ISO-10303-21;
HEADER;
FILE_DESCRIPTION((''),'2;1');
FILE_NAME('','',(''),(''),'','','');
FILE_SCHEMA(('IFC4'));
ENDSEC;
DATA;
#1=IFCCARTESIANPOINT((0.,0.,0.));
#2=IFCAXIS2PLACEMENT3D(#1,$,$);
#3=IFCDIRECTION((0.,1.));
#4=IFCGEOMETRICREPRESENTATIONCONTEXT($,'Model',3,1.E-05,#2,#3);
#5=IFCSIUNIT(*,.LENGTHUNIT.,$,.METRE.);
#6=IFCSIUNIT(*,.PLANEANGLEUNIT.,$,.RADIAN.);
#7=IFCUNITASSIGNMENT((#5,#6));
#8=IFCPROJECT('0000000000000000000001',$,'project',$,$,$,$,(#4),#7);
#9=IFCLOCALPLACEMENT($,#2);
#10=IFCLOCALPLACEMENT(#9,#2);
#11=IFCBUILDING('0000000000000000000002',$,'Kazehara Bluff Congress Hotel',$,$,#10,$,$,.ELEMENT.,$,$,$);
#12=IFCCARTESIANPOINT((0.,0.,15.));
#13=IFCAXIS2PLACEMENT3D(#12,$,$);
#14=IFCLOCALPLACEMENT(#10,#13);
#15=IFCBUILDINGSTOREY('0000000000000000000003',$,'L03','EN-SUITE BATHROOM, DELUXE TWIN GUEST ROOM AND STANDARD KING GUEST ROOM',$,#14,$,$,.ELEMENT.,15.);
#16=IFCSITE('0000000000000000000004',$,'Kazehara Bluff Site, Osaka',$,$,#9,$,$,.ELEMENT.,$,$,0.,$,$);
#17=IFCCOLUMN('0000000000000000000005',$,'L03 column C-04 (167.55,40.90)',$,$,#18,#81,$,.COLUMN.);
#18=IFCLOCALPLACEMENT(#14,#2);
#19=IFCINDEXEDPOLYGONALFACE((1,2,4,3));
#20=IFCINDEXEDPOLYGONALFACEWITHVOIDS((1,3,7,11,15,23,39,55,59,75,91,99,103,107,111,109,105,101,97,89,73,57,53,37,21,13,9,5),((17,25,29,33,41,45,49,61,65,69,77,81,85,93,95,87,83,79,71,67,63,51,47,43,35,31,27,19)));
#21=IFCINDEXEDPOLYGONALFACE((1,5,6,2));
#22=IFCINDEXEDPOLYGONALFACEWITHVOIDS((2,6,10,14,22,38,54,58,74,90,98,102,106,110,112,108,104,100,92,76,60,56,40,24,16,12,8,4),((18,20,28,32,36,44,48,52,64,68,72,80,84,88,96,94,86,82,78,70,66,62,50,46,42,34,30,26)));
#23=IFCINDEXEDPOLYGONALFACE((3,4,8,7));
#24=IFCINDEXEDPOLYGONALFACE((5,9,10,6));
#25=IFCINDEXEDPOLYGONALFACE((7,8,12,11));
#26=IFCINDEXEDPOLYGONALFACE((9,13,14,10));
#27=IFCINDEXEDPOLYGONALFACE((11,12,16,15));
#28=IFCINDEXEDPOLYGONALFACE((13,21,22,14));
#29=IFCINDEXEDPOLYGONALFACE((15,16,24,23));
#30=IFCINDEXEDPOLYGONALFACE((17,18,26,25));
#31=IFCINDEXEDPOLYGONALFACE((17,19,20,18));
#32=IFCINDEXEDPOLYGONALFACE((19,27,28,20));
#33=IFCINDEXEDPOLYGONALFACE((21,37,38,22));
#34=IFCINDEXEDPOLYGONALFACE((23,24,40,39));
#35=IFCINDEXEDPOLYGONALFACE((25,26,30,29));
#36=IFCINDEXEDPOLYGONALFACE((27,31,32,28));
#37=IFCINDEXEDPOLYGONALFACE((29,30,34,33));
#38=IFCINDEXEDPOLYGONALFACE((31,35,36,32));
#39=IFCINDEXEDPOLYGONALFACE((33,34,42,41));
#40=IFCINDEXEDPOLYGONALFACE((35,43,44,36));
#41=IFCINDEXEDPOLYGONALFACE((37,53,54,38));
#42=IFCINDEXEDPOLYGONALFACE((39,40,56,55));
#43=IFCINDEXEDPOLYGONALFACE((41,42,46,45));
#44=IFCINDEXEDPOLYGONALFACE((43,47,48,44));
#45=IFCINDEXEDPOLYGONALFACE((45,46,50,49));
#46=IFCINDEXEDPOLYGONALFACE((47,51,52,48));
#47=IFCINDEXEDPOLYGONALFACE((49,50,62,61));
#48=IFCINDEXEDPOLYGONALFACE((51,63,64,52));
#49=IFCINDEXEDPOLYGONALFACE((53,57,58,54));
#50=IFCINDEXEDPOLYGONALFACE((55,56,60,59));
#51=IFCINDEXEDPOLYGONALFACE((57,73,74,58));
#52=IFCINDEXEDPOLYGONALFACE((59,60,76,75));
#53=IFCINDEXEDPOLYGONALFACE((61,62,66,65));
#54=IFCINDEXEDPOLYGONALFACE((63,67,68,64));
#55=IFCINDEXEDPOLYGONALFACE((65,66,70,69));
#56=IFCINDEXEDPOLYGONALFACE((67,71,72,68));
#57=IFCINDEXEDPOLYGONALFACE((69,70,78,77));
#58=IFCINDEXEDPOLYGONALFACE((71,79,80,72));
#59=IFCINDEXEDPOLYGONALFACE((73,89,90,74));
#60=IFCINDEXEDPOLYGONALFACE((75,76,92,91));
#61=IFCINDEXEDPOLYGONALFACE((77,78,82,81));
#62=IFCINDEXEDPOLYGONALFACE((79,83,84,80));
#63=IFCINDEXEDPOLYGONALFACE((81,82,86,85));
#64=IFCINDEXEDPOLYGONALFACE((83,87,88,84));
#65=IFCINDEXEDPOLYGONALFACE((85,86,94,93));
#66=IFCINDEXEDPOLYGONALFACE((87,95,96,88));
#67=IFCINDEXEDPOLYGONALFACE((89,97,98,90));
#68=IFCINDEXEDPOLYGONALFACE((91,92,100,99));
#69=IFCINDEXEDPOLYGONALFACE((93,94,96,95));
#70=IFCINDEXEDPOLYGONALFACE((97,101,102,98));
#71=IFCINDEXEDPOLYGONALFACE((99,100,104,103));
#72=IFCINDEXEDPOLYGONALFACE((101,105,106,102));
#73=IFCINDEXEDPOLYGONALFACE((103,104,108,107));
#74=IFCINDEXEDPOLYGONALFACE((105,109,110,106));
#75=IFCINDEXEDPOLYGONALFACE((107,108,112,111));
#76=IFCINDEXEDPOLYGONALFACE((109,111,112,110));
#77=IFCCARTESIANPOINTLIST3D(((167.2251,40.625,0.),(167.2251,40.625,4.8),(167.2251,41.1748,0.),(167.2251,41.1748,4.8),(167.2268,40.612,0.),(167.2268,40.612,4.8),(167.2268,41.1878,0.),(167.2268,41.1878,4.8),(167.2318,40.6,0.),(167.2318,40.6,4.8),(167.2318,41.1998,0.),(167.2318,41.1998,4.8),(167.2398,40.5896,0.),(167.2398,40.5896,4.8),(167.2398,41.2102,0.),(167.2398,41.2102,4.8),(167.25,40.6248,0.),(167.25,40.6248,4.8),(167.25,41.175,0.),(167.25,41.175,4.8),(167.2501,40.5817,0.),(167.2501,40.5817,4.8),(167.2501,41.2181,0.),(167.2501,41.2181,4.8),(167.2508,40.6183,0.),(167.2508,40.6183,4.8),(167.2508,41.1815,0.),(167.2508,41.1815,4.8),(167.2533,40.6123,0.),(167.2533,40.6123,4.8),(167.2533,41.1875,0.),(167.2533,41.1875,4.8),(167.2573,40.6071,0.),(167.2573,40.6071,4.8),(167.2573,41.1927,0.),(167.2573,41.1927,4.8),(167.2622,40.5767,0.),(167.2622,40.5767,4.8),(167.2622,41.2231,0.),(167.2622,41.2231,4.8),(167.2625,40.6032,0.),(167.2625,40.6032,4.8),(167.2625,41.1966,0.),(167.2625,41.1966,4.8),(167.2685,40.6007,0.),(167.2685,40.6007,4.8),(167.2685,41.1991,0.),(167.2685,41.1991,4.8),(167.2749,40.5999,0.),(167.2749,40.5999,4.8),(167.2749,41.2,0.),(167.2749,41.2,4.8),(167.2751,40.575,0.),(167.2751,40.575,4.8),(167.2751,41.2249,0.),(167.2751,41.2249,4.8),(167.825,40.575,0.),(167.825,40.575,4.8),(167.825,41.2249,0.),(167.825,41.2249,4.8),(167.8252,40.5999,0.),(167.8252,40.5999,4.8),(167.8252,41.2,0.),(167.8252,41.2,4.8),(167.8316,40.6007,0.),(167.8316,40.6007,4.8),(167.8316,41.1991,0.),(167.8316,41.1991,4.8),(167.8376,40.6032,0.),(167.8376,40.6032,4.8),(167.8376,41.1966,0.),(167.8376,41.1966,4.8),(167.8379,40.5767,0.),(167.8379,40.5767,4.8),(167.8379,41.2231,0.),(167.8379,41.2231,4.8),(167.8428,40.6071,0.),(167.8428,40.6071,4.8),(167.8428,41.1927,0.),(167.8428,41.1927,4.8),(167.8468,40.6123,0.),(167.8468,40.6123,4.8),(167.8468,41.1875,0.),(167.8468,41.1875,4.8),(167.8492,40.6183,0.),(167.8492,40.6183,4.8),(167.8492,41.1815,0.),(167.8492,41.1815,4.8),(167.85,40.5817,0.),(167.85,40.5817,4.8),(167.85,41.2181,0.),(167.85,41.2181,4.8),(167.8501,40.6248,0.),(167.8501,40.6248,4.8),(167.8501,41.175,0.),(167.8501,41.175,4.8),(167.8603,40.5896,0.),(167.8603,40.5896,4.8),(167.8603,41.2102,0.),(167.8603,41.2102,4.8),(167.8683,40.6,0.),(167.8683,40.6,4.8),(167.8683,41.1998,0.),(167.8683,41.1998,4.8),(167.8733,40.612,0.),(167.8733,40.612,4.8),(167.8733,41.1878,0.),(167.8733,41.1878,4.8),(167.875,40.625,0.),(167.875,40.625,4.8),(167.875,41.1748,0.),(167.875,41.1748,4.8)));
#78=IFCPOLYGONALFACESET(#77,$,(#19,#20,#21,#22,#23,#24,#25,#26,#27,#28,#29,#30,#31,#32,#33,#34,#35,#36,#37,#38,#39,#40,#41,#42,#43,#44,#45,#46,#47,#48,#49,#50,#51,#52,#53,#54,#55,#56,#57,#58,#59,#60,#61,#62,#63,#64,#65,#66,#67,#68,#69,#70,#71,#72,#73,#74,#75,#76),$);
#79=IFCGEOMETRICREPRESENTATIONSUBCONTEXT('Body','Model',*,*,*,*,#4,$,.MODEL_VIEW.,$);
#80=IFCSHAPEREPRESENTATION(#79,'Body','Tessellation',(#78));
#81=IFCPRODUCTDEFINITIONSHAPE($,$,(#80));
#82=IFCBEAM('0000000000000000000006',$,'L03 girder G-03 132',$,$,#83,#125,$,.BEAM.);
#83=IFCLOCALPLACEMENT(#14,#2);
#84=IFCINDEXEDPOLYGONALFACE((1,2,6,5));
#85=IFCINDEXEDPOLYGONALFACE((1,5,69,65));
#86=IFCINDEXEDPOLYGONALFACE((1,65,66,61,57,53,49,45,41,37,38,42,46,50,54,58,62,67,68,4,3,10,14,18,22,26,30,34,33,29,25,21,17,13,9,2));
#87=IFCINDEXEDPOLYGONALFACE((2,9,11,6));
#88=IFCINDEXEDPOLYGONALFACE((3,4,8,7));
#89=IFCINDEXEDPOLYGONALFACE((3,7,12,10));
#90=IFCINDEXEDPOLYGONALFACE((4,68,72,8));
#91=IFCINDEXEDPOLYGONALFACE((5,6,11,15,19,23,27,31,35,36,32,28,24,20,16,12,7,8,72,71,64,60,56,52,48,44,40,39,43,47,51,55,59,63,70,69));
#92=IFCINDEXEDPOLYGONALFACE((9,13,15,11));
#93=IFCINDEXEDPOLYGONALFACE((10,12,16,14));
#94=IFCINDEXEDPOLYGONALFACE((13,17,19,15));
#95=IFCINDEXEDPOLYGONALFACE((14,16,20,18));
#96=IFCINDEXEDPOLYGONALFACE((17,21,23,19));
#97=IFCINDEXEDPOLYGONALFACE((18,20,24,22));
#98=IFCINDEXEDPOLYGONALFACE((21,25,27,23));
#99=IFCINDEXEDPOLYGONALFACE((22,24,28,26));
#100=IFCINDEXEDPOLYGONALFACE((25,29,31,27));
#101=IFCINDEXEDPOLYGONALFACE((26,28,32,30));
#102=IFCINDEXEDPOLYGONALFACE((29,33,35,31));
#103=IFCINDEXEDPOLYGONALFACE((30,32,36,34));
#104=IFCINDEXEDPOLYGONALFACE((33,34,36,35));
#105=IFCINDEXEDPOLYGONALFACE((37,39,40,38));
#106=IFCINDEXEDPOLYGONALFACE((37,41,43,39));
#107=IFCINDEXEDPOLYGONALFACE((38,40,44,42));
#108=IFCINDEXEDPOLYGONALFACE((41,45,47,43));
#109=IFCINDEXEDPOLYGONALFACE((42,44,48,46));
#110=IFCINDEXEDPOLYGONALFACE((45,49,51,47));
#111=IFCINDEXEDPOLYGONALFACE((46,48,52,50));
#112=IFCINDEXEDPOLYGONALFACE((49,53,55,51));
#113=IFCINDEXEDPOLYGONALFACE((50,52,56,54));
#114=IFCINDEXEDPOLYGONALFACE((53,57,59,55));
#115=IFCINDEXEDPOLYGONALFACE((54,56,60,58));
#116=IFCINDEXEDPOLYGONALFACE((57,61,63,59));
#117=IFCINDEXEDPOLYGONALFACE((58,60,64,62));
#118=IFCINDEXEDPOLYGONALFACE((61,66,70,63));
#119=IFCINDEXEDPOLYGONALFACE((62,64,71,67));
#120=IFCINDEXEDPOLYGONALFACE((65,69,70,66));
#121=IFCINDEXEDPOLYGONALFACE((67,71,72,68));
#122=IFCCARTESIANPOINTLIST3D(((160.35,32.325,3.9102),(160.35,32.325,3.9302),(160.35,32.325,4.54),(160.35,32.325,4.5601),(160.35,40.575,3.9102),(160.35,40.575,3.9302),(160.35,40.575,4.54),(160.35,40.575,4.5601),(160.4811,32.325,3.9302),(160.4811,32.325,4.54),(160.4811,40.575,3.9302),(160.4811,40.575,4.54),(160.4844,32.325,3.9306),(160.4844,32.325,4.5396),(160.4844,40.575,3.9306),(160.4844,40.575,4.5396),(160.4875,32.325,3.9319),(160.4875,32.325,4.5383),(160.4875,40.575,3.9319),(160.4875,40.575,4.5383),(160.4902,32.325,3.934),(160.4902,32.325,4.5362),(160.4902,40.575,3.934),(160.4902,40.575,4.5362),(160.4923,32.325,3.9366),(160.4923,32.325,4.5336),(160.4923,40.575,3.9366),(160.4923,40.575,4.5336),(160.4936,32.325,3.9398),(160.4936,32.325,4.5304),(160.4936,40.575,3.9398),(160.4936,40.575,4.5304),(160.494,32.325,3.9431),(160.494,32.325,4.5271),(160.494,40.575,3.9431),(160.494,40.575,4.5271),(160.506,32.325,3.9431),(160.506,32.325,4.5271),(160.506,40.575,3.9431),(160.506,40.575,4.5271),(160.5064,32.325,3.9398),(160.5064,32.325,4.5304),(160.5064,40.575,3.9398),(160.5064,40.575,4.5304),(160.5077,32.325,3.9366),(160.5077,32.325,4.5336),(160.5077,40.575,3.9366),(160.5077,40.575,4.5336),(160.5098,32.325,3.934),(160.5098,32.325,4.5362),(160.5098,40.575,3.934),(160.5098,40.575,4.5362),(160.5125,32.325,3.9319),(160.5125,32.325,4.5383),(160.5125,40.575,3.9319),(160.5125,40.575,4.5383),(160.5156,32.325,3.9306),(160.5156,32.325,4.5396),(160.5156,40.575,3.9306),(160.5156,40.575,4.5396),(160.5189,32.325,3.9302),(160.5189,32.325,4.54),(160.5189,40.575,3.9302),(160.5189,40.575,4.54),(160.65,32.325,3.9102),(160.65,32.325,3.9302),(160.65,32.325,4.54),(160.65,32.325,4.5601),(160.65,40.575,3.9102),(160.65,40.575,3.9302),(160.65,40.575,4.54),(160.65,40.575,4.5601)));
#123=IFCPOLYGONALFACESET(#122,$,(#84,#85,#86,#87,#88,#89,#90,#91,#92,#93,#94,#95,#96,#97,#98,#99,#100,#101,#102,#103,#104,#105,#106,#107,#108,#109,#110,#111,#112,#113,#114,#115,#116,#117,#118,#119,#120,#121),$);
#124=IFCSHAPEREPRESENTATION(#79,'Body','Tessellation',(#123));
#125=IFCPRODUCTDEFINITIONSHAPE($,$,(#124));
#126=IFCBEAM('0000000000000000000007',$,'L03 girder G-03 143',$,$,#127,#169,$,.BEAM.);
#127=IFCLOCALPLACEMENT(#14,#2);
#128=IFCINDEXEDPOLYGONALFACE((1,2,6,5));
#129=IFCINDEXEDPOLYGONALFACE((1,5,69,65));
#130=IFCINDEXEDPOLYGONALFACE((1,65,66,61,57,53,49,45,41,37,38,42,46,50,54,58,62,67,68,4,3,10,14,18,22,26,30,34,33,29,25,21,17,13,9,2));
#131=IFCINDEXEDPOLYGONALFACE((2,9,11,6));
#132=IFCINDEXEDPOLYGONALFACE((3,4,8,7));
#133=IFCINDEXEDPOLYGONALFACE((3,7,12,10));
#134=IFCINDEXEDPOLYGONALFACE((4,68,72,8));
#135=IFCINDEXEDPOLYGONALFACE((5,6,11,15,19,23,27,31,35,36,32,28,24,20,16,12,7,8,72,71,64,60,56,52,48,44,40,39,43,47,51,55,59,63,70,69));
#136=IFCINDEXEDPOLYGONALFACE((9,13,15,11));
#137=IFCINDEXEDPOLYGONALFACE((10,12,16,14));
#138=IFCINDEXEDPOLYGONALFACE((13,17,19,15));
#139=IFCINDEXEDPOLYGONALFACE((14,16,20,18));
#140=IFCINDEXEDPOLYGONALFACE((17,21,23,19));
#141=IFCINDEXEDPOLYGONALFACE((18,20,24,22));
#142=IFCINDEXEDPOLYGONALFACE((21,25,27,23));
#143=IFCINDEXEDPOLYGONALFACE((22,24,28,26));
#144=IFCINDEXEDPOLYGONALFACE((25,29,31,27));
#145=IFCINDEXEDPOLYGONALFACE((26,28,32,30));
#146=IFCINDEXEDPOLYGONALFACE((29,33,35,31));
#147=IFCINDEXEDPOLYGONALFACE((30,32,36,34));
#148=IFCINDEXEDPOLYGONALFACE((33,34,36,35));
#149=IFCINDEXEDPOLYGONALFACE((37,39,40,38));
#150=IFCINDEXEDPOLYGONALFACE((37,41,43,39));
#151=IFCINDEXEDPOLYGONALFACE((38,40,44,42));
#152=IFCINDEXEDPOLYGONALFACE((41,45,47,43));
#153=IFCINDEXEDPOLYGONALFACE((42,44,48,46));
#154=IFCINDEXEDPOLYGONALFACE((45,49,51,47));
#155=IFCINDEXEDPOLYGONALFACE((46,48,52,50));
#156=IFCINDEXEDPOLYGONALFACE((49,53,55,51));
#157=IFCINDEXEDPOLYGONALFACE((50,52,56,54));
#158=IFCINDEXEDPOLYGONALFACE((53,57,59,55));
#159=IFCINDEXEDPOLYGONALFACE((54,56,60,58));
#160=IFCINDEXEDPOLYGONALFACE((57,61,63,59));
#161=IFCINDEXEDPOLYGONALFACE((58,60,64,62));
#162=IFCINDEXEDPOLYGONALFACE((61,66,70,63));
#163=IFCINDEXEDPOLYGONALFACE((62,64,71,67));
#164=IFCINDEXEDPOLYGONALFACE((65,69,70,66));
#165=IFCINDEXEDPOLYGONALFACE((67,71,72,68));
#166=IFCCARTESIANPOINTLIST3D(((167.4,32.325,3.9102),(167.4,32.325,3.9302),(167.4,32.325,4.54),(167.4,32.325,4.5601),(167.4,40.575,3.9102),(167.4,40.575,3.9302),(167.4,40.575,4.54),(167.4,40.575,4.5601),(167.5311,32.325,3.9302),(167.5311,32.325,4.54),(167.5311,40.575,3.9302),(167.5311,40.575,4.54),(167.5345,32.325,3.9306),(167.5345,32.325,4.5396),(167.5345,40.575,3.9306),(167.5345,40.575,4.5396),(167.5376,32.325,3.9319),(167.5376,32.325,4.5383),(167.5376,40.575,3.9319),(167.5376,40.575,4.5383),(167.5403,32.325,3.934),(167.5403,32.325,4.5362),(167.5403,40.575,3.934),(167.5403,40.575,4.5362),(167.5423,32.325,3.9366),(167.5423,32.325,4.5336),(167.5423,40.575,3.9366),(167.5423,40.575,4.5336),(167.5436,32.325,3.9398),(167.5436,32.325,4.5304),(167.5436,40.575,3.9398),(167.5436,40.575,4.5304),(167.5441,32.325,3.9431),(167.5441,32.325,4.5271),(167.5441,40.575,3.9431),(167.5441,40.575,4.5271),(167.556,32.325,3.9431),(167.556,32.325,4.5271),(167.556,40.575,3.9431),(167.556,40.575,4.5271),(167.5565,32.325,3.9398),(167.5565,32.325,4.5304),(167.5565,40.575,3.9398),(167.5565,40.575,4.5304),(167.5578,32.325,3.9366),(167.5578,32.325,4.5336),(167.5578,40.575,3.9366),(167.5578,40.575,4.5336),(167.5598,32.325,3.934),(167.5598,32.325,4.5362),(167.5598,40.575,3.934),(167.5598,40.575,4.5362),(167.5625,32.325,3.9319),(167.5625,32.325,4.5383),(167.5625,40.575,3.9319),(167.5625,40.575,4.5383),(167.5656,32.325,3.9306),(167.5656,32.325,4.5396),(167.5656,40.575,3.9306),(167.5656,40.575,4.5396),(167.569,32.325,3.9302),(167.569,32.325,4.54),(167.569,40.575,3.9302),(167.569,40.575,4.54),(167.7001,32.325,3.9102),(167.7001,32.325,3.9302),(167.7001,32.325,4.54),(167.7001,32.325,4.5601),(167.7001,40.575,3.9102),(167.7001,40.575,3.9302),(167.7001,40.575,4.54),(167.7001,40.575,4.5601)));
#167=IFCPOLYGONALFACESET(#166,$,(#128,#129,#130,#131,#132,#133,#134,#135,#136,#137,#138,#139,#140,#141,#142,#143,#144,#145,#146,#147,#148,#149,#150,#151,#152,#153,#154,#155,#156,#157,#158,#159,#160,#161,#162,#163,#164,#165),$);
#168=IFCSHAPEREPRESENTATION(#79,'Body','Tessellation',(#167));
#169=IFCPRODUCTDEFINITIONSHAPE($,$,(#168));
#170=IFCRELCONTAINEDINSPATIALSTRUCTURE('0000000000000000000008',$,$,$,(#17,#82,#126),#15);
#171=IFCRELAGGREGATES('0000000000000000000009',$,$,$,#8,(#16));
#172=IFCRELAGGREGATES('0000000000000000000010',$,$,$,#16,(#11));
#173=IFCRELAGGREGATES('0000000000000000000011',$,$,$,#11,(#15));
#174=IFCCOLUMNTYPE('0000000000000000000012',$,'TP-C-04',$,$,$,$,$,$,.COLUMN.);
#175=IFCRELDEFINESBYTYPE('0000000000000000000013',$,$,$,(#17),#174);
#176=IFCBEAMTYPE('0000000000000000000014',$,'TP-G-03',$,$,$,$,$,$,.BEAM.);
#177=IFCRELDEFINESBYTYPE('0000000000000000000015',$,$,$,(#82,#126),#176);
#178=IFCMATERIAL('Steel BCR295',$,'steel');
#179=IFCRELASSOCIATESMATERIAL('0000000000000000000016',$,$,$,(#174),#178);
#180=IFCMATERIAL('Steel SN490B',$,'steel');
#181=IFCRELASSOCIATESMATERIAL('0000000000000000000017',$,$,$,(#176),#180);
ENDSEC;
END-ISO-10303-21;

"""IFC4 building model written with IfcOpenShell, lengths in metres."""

from ifc_helpers import new_model, si_unit, direction, frame, origin, origin_2d, place, context, subcontext, project, spatial, hollow_rectangle, i_section, extrude, material, material_profile, profile_set, type_object, element, save


model = new_model("IFC4")

# Units and contexts
model_context = context("Model", 3, precision=1e-05, world=origin(), true_north=direction((0.0, 1.0)))
body_context = subcontext(model_context, "Body", "Model", "MODEL_VIEW")
ifc_project = project(units=[si_unit("LENGTHUNIT", "METRE"), si_unit("PLANEANGLEUNIT", "RADIAN")], contexts=[model_context])

# Site, building, storey
site_placement = place(None, origin())
site = spatial("IfcSite", under=ifc_project, at=site_placement, Name="Kazehara Bluff Site, Osaka", CompositionType="ELEMENT", RefElevation=0.0)
building_placement = place(site_placement, origin())
building = spatial("IfcBuilding", under=site, at=building_placement, Name="Kazehara Bluff Congress Hotel", CompositionType="ELEMENT")
storey_placement = place(building_placement, frame((0.0, 0.0, 15.0)))
storey = spatial("IfcBuildingStorey", under=building, at=storey_placement, Name="L03", Description="EN-SUITE BATHROOM, DELUXE TWIN GUEST ROOM AND STANDARD KING GUEST ROOM", CompositionType="ELEMENT", Elevation=15.0)

# Column
ifc_material_1 = material(Name="Steel BCR295", Category="steel")
ifc_material_profile_1 = material_profile(ifc_material_1, hollow_rectangle(XDim=0.6499, YDim=0.6499, WallThickness=0.0249, InnerFilletRadius=0.0249, OuterFilletRadius=0.05, at=origin_2d()))
ifc_profile_set_1 = profile_set([ifc_material_profile_1], Name="Steel BCR295")
column_type = type_object("IfcColumnType", Name="TP-C-04", PredefinedType="COLUMN", material=ifc_profile_set_1)
for number, where, z_axis, x_axis, name in (
    (1, (167.55, 40.8999, 0.0), (0.0, 0.0, 1.0), (1.0, 0.0, 0.0), "L03 column C-04 (167.55,40.90)"),
):
    element("IfcColumn", number, at=place(storey_placement, frame(where, z_axis=z_axis, x_axis=x_axis)), inside=storey, type_object=column_type, Name=name, PredefinedType="COLUMN", context=body_context, shape_type="SweptSolid", body=[
        extrude(hollow_rectangle(XDim=0.6499, YDim=0.6499, WallThickness=0.0249, InnerFilletRadius=0.0249, OuterFilletRadius=0.05, at=origin_2d()), origin(), (0.0, 0.0, 1.0), 4.8),
    ])

# Beams
ifc_material_2 = material(Name="Steel SN490B", Category="steel")
ifc_material_profile_2 = material_profile(ifc_material_2, i_section(OverallWidth=0.3, OverallDepth=0.6499, WebThickness=0.012, FlangeThickness=0.02, FilletRadius=0.0129, at=origin_2d()))
ifc_profile_set_2 = profile_set([ifc_material_profile_2], Name="Steel SN490B")
beam_type_1 = type_object("IfcBeamType", Name="TP-G-03", PredefinedType="BEAM", material=ifc_profile_set_2)
for number, where, z_axis, x_axis, name in (
    (2, (160.5, 32.325, 4.2351), (0.0, 1.0, 0.0), (-1.0, 0.0, 0.0), "L03 girder G-03 132"),
    (3, (167.55, 32.325, 4.2351), (0.0, 1.0, 0.0), (-1.0, 0.0, 0.0), "L03 girder G-03 143"),
):
    element("IfcBeam", number, at=place(storey_placement, frame(where, z_axis=z_axis, x_axis=x_axis)), inside=storey, type_object=beam_type_1, Name=name, PredefinedType="BEAM", context=body_context, shape_type="SweptSolid", body=[
        extrude(i_section(OverallWidth=0.3, OverallDepth=0.6499, WebThickness=0.012, FlangeThickness=0.02, FilletRadius=0.0129, at=origin_2d()), origin(), (0.0, 0.0, 1.0), 8.25),
    ])

save(model, "model.ifc")
